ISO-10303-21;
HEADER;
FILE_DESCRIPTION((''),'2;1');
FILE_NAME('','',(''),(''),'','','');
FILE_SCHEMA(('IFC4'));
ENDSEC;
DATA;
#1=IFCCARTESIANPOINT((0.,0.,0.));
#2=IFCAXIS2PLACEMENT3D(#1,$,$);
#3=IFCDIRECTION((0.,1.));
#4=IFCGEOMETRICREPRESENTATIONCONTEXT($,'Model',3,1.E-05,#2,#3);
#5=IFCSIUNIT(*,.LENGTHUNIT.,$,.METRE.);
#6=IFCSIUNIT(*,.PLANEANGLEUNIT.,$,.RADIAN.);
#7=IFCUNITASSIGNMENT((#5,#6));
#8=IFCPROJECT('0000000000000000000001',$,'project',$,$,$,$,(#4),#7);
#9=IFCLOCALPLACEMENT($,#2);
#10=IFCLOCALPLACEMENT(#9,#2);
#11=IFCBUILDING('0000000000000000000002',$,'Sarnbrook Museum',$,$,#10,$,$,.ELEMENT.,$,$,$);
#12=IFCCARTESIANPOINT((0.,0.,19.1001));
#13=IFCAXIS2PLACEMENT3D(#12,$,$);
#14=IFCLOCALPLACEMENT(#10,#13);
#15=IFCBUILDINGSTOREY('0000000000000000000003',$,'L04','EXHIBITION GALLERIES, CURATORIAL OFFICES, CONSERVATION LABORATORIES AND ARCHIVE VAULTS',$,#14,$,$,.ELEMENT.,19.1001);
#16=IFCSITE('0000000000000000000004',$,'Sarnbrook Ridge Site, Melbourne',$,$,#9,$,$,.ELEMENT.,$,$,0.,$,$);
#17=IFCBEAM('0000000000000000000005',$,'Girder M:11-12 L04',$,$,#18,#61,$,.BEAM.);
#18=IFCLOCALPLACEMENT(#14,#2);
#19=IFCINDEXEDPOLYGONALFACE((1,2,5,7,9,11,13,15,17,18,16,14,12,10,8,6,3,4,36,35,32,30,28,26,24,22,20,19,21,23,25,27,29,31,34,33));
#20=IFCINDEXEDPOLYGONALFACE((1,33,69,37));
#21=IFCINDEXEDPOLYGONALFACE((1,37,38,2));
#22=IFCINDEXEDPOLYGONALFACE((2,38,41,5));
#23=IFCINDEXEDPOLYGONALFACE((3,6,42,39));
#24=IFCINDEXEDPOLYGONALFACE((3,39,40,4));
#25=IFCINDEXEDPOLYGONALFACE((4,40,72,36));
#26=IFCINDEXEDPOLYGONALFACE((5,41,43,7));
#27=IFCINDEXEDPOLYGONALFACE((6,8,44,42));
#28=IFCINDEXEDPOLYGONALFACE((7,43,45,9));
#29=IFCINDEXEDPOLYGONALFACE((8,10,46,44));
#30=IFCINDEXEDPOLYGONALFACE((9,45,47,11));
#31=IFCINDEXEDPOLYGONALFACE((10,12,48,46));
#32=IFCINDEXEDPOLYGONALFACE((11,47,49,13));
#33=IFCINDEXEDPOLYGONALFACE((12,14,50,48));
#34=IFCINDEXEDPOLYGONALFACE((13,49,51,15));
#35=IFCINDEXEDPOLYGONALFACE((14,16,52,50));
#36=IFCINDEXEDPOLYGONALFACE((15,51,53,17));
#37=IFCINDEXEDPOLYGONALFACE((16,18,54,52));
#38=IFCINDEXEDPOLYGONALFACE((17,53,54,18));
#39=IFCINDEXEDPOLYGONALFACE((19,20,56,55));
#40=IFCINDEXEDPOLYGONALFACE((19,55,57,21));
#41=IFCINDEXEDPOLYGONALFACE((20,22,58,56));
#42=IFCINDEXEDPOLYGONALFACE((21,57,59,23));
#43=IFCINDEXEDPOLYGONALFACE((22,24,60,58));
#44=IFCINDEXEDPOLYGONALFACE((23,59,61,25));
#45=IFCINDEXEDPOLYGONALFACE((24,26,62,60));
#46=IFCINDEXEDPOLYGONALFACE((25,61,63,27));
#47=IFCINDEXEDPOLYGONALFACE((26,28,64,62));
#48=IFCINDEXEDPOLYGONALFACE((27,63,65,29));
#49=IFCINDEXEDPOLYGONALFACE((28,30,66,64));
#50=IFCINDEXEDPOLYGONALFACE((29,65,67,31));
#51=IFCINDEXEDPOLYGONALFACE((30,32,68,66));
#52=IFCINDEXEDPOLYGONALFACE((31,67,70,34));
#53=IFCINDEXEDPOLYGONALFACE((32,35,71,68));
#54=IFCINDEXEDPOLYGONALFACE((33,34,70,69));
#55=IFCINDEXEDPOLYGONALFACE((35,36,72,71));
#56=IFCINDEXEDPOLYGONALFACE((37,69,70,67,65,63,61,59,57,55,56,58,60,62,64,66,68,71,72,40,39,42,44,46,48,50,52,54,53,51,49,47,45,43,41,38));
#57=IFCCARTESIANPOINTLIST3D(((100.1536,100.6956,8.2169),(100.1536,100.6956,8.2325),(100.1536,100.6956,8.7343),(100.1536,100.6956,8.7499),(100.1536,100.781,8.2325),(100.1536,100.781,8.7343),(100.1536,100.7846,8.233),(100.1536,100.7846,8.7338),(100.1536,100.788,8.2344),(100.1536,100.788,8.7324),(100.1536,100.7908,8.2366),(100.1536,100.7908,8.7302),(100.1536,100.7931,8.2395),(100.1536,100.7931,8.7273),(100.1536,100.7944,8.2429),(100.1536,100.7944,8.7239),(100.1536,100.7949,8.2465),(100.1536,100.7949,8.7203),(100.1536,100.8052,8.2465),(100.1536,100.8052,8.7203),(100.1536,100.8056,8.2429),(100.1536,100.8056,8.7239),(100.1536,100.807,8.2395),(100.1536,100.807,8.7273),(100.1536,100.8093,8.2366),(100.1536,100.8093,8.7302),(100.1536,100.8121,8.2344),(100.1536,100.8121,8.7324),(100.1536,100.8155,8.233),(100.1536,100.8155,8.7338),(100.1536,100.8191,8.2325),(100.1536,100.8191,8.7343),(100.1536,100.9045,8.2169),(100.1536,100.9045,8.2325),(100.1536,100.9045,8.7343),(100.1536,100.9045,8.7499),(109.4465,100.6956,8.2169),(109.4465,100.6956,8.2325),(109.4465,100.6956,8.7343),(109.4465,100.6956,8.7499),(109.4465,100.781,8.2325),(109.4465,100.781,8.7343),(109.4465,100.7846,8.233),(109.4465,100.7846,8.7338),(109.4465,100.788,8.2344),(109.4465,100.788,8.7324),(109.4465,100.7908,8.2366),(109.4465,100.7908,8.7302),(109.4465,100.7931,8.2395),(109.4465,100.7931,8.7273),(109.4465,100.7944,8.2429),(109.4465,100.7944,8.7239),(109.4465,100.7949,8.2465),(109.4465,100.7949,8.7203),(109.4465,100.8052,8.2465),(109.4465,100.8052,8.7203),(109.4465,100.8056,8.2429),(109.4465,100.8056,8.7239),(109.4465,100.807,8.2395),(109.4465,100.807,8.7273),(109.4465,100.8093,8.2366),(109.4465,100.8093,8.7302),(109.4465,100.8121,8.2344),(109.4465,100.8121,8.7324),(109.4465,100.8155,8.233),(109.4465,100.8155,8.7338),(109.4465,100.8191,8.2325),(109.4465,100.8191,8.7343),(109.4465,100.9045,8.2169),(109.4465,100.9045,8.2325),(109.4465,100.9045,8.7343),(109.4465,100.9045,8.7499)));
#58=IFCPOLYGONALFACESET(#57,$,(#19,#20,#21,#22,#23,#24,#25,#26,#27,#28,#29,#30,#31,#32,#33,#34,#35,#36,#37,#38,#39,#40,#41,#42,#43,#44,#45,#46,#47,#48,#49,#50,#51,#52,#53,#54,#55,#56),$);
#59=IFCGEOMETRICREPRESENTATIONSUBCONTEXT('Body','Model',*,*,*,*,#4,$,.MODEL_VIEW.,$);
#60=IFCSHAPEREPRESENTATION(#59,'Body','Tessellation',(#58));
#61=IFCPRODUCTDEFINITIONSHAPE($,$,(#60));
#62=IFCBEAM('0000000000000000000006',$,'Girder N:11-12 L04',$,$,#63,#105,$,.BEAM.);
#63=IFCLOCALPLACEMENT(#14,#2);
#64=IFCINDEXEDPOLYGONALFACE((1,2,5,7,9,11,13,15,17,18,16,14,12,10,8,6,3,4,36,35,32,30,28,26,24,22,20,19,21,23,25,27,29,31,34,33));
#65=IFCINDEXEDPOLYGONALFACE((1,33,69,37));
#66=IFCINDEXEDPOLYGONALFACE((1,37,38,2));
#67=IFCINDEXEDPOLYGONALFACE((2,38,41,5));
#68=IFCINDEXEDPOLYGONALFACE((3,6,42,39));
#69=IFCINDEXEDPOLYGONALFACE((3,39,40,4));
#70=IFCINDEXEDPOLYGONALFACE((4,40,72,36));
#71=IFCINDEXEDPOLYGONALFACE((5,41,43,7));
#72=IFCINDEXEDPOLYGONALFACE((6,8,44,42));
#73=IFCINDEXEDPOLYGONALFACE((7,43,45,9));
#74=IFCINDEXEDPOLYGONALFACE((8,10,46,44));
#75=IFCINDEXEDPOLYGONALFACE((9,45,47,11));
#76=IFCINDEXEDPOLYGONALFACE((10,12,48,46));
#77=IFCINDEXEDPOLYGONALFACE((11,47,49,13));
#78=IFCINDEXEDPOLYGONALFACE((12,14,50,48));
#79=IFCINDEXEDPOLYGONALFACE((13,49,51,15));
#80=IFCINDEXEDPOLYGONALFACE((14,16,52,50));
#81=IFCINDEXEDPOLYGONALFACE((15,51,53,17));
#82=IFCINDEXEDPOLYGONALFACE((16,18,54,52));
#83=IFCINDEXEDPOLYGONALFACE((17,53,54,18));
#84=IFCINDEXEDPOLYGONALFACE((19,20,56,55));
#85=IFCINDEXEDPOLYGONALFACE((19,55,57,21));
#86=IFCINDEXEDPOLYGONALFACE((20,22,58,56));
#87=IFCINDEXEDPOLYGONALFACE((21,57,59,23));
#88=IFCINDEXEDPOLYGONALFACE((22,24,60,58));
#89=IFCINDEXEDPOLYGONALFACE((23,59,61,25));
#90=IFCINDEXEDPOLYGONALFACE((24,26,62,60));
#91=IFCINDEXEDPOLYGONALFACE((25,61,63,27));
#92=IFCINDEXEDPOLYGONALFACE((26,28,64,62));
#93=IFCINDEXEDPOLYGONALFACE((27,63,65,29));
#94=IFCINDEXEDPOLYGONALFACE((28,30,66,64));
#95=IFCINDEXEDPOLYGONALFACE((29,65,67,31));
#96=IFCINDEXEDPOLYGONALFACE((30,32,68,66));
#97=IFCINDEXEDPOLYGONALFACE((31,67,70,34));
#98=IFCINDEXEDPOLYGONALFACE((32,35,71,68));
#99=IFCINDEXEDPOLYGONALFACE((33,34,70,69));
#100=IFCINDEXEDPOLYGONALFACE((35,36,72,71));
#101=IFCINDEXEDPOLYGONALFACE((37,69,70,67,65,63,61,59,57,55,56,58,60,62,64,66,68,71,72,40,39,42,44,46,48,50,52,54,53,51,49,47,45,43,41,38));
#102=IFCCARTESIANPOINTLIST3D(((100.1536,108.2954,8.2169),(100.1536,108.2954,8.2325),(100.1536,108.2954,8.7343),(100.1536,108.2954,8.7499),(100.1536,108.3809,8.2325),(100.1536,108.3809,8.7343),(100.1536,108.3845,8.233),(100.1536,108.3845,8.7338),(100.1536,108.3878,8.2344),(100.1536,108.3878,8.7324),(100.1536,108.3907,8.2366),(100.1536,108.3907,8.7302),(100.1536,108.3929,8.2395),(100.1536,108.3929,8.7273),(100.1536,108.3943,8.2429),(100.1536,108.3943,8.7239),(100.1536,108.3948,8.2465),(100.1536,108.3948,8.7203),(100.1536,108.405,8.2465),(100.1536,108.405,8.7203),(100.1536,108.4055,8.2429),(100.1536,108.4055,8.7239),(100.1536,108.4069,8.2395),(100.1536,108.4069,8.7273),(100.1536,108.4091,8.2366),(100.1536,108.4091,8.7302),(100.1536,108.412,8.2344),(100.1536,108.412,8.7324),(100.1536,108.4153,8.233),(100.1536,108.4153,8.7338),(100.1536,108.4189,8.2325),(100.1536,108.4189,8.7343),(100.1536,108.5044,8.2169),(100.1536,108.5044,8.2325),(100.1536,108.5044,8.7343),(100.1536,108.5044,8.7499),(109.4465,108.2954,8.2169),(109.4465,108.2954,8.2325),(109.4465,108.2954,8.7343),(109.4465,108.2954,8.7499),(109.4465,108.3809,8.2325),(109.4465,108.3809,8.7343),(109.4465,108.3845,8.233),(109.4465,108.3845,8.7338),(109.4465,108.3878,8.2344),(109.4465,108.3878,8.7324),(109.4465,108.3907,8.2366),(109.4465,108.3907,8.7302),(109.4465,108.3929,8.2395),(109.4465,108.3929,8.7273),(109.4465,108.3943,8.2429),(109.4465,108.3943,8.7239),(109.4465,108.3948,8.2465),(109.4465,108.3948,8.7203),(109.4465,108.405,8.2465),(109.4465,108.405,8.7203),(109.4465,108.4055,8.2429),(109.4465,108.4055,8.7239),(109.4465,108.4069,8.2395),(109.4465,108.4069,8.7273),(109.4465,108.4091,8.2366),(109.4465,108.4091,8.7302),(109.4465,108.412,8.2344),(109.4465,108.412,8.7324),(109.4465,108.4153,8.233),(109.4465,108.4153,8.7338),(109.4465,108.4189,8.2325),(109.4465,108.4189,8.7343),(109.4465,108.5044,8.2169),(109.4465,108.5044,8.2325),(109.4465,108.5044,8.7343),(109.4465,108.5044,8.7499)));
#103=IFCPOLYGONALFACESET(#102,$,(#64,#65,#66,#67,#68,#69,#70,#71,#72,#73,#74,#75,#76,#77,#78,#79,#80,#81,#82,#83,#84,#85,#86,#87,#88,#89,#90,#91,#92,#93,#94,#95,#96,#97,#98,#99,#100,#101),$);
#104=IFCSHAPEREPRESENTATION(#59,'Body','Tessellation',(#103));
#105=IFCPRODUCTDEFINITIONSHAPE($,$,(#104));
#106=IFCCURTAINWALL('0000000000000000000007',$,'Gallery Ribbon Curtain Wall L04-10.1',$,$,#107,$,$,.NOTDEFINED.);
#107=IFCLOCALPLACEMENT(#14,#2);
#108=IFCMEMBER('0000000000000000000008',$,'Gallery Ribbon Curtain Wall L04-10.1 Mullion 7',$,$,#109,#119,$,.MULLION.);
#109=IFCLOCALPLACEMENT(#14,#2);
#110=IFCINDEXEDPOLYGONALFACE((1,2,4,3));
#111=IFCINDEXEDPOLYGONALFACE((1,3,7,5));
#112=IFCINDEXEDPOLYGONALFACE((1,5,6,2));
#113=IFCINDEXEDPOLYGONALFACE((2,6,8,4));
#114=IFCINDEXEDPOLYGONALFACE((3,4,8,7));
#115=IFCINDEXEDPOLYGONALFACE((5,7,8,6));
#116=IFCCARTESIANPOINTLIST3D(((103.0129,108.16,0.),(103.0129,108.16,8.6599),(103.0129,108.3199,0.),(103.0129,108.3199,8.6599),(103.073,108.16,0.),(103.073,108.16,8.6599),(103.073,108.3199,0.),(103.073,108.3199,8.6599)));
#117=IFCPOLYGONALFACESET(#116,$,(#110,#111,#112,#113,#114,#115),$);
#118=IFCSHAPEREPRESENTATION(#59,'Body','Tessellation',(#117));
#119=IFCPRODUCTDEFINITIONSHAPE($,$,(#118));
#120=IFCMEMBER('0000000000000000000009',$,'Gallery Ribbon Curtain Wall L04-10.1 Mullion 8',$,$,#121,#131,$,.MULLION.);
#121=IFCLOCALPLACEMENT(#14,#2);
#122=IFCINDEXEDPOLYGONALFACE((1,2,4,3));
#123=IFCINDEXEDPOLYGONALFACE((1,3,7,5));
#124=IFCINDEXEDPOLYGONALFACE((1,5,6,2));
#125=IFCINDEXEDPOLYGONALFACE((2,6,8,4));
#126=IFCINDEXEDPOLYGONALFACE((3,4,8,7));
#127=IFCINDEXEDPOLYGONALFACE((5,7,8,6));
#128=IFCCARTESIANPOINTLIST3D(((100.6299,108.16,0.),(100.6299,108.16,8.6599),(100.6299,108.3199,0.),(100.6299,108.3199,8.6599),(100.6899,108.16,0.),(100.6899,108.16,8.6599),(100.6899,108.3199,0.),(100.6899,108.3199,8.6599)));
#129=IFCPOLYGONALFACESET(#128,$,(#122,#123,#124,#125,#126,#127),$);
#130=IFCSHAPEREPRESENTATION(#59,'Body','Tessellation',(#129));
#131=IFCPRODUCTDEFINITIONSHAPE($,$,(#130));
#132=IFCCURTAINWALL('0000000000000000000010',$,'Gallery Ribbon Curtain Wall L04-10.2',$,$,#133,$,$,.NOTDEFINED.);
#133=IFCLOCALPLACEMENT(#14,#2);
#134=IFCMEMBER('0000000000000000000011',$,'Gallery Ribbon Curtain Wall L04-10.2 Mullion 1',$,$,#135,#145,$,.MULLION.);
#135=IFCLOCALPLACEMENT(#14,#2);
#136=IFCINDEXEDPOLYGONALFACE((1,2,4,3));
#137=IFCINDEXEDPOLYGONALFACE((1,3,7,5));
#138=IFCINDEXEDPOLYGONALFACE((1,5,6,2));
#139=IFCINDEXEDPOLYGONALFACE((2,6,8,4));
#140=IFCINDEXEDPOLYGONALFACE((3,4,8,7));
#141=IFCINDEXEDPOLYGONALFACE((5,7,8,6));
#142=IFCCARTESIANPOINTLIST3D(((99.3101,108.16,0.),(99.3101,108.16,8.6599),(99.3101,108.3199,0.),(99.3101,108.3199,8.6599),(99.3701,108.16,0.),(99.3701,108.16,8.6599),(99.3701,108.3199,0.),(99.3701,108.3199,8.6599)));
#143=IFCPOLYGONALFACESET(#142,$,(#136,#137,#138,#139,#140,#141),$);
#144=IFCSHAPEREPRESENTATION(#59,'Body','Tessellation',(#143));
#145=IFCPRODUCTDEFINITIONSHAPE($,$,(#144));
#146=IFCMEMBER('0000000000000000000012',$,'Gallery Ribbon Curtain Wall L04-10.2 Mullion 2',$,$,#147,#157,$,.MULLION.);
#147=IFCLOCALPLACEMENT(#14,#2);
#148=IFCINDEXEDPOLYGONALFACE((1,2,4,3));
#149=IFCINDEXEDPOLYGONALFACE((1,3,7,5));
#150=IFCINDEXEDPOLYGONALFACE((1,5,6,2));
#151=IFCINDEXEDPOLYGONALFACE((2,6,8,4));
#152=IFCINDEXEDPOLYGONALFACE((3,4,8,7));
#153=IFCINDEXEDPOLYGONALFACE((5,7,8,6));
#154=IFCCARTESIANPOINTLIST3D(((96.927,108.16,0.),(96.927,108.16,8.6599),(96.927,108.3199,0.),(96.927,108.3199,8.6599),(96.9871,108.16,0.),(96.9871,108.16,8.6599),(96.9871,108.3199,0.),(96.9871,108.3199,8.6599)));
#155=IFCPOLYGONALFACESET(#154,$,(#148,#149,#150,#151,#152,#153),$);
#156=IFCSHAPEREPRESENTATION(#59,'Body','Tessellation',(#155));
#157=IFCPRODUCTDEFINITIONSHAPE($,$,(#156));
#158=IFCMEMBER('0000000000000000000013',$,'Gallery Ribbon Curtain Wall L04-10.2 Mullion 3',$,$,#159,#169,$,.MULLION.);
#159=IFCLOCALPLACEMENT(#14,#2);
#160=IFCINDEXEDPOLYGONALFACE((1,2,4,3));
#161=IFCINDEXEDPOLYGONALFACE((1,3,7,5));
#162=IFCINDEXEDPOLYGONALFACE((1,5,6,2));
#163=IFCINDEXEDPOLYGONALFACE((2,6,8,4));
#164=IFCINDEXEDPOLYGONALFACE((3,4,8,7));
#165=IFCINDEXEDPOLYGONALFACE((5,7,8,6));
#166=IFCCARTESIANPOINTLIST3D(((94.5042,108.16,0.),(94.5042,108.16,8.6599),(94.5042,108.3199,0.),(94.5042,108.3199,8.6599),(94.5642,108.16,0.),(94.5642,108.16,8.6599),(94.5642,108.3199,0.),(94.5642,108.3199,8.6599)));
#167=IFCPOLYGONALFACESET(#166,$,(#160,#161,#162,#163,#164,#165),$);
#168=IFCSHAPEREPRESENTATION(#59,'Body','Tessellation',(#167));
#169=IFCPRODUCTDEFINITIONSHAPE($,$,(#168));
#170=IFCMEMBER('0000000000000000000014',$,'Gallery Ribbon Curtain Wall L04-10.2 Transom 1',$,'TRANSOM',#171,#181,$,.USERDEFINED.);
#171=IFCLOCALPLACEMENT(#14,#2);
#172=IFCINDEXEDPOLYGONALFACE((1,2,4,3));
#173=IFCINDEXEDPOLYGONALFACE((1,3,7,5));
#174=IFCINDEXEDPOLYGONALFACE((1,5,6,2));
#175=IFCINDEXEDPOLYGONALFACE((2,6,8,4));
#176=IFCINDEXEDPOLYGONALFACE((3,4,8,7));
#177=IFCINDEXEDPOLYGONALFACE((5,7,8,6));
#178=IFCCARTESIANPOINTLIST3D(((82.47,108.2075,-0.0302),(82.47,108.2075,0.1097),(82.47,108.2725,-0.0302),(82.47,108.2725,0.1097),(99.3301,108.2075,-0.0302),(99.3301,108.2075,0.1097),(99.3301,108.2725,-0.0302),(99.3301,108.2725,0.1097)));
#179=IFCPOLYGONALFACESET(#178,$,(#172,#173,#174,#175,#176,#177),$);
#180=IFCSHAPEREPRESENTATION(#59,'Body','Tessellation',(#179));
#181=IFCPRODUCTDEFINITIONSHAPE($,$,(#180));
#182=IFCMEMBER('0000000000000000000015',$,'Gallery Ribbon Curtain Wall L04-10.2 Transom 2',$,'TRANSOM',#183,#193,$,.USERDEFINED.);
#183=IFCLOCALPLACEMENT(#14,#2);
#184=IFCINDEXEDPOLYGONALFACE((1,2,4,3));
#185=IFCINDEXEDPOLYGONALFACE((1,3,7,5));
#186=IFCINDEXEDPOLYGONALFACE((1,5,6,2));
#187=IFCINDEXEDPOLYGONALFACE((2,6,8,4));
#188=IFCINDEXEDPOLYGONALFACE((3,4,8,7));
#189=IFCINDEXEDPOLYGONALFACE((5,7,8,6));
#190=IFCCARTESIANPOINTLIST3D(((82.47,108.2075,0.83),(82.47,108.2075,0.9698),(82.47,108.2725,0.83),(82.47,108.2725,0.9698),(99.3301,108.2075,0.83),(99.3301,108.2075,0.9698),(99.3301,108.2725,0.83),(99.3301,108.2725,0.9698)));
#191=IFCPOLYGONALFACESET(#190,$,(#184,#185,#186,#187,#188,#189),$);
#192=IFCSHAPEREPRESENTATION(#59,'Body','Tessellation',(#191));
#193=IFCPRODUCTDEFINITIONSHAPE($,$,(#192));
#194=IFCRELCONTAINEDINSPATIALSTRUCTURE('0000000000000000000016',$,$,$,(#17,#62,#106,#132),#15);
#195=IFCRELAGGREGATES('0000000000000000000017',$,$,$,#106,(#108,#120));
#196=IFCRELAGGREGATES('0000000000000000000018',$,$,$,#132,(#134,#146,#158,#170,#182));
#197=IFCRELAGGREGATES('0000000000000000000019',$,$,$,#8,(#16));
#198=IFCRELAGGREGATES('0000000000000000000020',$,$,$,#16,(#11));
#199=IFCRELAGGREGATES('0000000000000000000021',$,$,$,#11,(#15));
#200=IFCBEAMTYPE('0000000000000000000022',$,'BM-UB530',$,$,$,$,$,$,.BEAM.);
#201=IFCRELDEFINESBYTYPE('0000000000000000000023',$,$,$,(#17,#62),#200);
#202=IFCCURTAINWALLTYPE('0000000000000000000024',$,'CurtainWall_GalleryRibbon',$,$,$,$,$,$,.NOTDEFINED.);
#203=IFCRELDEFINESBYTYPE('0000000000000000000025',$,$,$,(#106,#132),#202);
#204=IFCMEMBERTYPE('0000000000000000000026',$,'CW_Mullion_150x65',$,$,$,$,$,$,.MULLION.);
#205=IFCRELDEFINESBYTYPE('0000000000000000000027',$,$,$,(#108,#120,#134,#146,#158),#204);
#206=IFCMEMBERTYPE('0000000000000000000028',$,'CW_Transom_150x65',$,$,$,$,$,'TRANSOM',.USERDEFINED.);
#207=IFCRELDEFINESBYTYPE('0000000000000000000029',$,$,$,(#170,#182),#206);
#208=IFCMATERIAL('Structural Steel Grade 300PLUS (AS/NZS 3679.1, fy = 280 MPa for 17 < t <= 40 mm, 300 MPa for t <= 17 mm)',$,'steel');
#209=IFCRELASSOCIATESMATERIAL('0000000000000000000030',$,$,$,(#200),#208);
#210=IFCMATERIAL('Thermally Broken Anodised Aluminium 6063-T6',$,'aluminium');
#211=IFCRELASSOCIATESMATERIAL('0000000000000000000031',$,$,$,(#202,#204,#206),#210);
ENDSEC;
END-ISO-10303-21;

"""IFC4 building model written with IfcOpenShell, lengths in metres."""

from ifc_helpers import new_model, si_unit, direction, frame, origin, origin_2d, place, context, subcontext, project, spatial, rectangle, i_section, extrude, material, material_profile, profile_set, type_object, element, aggregate, save


model = new_model("IFC4")

# Units and contexts
model_context = context("Model", 3, precision=1e-05, world=origin(), true_north=direction((0.0, 1.0)))
body_context = subcontext(model_context, "Body", "Model", "MODEL_VIEW")
ifc_project = project(units=[si_unit("LENGTHUNIT", "METRE"), si_unit("PLANEANGLEUNIT", "RADIAN")], contexts=[model_context])

# Site, building, storey
site_placement = place(None, origin())
site = spatial("IfcSite", under=ifc_project, at=site_placement, Name="Sarnbrook Ridge Site, Melbourne", CompositionType="ELEMENT", RefElevation=0.0)
building_placement = place(site_placement, origin())
building = spatial("IfcBuilding", under=site, at=building_placement, Name="Sarnbrook Museum", CompositionType="ELEMENT")
storey_placement = place(building_placement, frame((0.0, 0.0, 19.1001)))
storey = spatial("IfcBuildingStorey", under=building, at=storey_placement, Name="L04", Description="EXHIBITION GALLERIES, CURATORIAL OFFICES, CONSERVATION LABORATORIES AND ARCHIVE VAULTS", CompositionType="ELEMENT", Elevation=19.1001)

# Shared definitions
ifc_material_1 = material(Name="Structural Steel Grade 300PLUS (AS/NZS 3679.1, fy = 280 MPa for 17 < t <= 40 mm, 300 MPa for t <= 17 mm)", Category="steel")

# Beams
ifc_material_profile_1 = material_profile(ifc_material_1, i_section(OverallWidth=0.209, OverallDepth=0.533, WebThickness=0.0103, FlangeThickness=0.0156, FilletRadius=0.0139, at=origin_2d()), Name="530UB92.4")
ifc_profile_set_1 = profile_set([ifc_material_profile_1], Name="Structural Steel Grade 300PLUS (AS/NZS 3679.1, fy = 280 MPa for 17 < t <= 40 mm, 300 MPa for t <= 17 mm)")
beam_type_1 = type_object("IfcBeamType", Name="BM-UB530", PredefinedType="BEAM", material=ifc_profile_set_1)
for number, where, z_axis, x_axis, name in (
    (1, (100.1536, 100.8, 8.4834), (1.0, 0.0, 0.0), (0.0, 1.0, 0.0), "Girder M:11-12 L04"),
    (2, (100.1536, 108.3999, 8.4834), (1.0, 0.0, 0.0), (0.0, 1.0, 0.0), "Girder N:11-12 L04"),
):
    element("IfcBeam", number, at=place(storey_placement, frame(where, z_axis=z_axis, x_axis=x_axis)), inside=storey, type_object=beam_type_1, Name=name, PredefinedType="BEAM", context=body_context, shape_type="SweptSolid", body=[
        extrude(i_section(OverallWidth=0.209, OverallDepth=0.533, WebThickness=0.0103, FlangeThickness=0.0156, FilletRadius=0.0139, at=origin_2d()), origin(), (0.0, 0.0, 1.0), 9.293),
    ])

# Curtain walls, members
ifc_material_2 = material(Name="Thermally Broken Anodised Aluminium 6063-T6", Category="aluminium")
curtain_wall_type = type_object("IfcCurtainWallType", Name="CurtainWall_GalleryRibbon", PredefinedType="NOTDEFINED", material=ifc_material_2)
curtain_wall_1_placement = place(storey_placement, origin())
curtain_wall_1 = element("IfcCurtainWall", 3, at=curtain_wall_1_placement, inside=storey, type_object=curtain_wall_type, Name="Gallery Ribbon Curtain Wall L04-10.1", PredefinedType="NOTDEFINED")
ifc_material_profile_2 = material_profile(ifc_material_2, rectangle(XDim=0.0601, YDim=0.1599, at=origin_2d()), Name="ALU MULLION 60x160")
ifc_profile_set_2 = profile_set([ifc_material_profile_2], Name="Thermally Broken Anodised Aluminium 6063-T6")
member_type_1 = type_object("IfcMemberType", Name="CW_Mullion_150x65", PredefinedType="MULLION", material=ifc_profile_set_2)
member_1_placement = place(storey_placement, frame((103.043, 108.24, 0.0), z_axis=(0.0, 0.0, 1.0), x_axis=(1.0, 0.0, 0.0)))
member_1 = element("IfcMember", 4, at=member_1_placement, type_object=member_type_1, Name="Gallery Ribbon Curtain Wall L04-10.1 Mullion 7", PredefinedType="MULLION", context=body_context, shape_type="SweptSolid", body=[
    extrude(rectangle(XDim=0.0601, YDim=0.1599, at=origin_2d()), origin(), (0.0, 0.0, 1.0), 8.6599),
])
member_2_placement = place(storey_placement, frame((100.6599, 108.24, 0.0), z_axis=(0.0, 0.0, 1.0), x_axis=(1.0, 0.0, 0.0)))
member_2 = element("IfcMember", 5, at=member_2_placement, type_object=member_type_1, Name="Gallery Ribbon Curtain Wall L04-10.1 Mullion 8", PredefinedType="MULLION", context=body_context, shape_type="SweptSolid", body=[
    extrude(rectangle(XDim=0.0601, YDim=0.1599, at=origin_2d()), origin(), (0.0, 0.0, 1.0), 8.6599),
])
curtain_wall_2_placement = place(storey_placement, origin())
curtain_wall_2 = element("IfcCurtainWall", 6, at=curtain_wall_2_placement, inside=storey, type_object=curtain_wall_type, Name="Gallery Ribbon Curtain Wall L04-10.2", PredefinedType="NOTDEFINED")
member_3_placement = place(storey_placement, frame((99.3401, 108.24, 0.0), z_axis=(0.0, 0.0, 1.0), x_axis=(1.0, 0.0, 0.0)))
member_3 = element("IfcMember", 7, at=member_3_placement, type_object=member_type_1, Name="Gallery Ribbon Curtain Wall L04-10.2 Mullion 1", PredefinedType="MULLION", context=body_context, shape_type="SweptSolid", body=[
    extrude(rectangle(XDim=0.0601, YDim=0.1599, at=origin_2d()), origin(), (0.0, 0.0, 1.0), 8.6599),
])
member_4_placement = place(storey_placement, frame((96.957, 108.24, 0.0), z_axis=(0.0, 0.0, 1.0), x_axis=(1.0, 0.0, 0.0)))
member_4 = element("IfcMember", 8, at=member_4_placement, type_object=member_type_1, Name="Gallery Ribbon Curtain Wall L04-10.2 Mullion 2", PredefinedType="MULLION", context=body_context, shape_type="SweptSolid", body=[
    extrude(rectangle(XDim=0.0601, YDim=0.1599, at=origin_2d()), origin(), (0.0, 0.0, 1.0), 8.6599),
])
member_5_placement = place(storey_placement, frame((94.5342, 108.24, 0.0), z_axis=(0.0, 0.0, 1.0), x_axis=(1.0, 0.0, 0.0)))
member_5 = element("IfcMember", 9, at=member_5_placement, type_object=member_type_1, Name="Gallery Ribbon Curtain Wall L04-10.2 Mullion 3", PredefinedType="MULLION", context=body_context, shape_type="SweptSolid", body=[
    extrude(rectangle(XDim=0.0601, YDim=0.1599, at=origin_2d()), origin(), (0.0, 0.0, 1.0), 8.6599),
])
ifc_material_profile_3 = material_profile(ifc_material_2, rectangle(XDim=0.0649, YDim=0.1399, at=origin_2d()), Name="ALU TRANSOM 65x140")
ifc_profile_set_3 = profile_set([ifc_material_profile_3], Name="Thermally Broken Anodised Aluminium 6063-T6")
member_type_2 = type_object("IfcMemberType", Name="CW_Transom_150x65", ElementType="TRANSOM", PredefinedType="USERDEFINED", material=ifc_profile_set_3)
member_6_placement = place(storey_placement, frame((99.3301, 108.24, 0.0398), z_axis=(-1.0, 0.0, 0.0), x_axis=(0.0, -1.0, 0.0)))
member_6 = element("IfcMember", 10, at=member_6_placement, type_object=member_type_2, Name="Gallery Ribbon Curtain Wall L04-10.2 Transom 1", ObjectType="TRANSOM", PredefinedType="USERDEFINED", context=body_context, shape_type="SweptSolid", body=[
    extrude(rectangle(XDim=0.0649, YDim=0.1399, at=origin_2d()), origin(), (0.0, 0.0, 1.0), 16.8601),
])
member_7_placement = place(storey_placement, frame((99.3301, 108.24, 0.8999), z_axis=(-1.0, 0.0, 0.0), x_axis=(0.0, -1.0, 0.0)))
member_7 = element("IfcMember", 11, at=member_7_placement, type_object=member_type_2, Name="Gallery Ribbon Curtain Wall L04-10.2 Transom 2", ObjectType="TRANSOM", PredefinedType="USERDEFINED", context=body_context, shape_type="SweptSolid", body=[
    extrude(rectangle(XDim=0.0649, YDim=0.1399, at=origin_2d()), origin(), (0.0, 0.0, 1.0), 16.8601),
])

aggregate(curtain_wall_1, [member_1, member_2])
aggregate(curtain_wall_2, [member_3, member_4, member_5, member_6, member_7])

save(model, "model.ifc")
